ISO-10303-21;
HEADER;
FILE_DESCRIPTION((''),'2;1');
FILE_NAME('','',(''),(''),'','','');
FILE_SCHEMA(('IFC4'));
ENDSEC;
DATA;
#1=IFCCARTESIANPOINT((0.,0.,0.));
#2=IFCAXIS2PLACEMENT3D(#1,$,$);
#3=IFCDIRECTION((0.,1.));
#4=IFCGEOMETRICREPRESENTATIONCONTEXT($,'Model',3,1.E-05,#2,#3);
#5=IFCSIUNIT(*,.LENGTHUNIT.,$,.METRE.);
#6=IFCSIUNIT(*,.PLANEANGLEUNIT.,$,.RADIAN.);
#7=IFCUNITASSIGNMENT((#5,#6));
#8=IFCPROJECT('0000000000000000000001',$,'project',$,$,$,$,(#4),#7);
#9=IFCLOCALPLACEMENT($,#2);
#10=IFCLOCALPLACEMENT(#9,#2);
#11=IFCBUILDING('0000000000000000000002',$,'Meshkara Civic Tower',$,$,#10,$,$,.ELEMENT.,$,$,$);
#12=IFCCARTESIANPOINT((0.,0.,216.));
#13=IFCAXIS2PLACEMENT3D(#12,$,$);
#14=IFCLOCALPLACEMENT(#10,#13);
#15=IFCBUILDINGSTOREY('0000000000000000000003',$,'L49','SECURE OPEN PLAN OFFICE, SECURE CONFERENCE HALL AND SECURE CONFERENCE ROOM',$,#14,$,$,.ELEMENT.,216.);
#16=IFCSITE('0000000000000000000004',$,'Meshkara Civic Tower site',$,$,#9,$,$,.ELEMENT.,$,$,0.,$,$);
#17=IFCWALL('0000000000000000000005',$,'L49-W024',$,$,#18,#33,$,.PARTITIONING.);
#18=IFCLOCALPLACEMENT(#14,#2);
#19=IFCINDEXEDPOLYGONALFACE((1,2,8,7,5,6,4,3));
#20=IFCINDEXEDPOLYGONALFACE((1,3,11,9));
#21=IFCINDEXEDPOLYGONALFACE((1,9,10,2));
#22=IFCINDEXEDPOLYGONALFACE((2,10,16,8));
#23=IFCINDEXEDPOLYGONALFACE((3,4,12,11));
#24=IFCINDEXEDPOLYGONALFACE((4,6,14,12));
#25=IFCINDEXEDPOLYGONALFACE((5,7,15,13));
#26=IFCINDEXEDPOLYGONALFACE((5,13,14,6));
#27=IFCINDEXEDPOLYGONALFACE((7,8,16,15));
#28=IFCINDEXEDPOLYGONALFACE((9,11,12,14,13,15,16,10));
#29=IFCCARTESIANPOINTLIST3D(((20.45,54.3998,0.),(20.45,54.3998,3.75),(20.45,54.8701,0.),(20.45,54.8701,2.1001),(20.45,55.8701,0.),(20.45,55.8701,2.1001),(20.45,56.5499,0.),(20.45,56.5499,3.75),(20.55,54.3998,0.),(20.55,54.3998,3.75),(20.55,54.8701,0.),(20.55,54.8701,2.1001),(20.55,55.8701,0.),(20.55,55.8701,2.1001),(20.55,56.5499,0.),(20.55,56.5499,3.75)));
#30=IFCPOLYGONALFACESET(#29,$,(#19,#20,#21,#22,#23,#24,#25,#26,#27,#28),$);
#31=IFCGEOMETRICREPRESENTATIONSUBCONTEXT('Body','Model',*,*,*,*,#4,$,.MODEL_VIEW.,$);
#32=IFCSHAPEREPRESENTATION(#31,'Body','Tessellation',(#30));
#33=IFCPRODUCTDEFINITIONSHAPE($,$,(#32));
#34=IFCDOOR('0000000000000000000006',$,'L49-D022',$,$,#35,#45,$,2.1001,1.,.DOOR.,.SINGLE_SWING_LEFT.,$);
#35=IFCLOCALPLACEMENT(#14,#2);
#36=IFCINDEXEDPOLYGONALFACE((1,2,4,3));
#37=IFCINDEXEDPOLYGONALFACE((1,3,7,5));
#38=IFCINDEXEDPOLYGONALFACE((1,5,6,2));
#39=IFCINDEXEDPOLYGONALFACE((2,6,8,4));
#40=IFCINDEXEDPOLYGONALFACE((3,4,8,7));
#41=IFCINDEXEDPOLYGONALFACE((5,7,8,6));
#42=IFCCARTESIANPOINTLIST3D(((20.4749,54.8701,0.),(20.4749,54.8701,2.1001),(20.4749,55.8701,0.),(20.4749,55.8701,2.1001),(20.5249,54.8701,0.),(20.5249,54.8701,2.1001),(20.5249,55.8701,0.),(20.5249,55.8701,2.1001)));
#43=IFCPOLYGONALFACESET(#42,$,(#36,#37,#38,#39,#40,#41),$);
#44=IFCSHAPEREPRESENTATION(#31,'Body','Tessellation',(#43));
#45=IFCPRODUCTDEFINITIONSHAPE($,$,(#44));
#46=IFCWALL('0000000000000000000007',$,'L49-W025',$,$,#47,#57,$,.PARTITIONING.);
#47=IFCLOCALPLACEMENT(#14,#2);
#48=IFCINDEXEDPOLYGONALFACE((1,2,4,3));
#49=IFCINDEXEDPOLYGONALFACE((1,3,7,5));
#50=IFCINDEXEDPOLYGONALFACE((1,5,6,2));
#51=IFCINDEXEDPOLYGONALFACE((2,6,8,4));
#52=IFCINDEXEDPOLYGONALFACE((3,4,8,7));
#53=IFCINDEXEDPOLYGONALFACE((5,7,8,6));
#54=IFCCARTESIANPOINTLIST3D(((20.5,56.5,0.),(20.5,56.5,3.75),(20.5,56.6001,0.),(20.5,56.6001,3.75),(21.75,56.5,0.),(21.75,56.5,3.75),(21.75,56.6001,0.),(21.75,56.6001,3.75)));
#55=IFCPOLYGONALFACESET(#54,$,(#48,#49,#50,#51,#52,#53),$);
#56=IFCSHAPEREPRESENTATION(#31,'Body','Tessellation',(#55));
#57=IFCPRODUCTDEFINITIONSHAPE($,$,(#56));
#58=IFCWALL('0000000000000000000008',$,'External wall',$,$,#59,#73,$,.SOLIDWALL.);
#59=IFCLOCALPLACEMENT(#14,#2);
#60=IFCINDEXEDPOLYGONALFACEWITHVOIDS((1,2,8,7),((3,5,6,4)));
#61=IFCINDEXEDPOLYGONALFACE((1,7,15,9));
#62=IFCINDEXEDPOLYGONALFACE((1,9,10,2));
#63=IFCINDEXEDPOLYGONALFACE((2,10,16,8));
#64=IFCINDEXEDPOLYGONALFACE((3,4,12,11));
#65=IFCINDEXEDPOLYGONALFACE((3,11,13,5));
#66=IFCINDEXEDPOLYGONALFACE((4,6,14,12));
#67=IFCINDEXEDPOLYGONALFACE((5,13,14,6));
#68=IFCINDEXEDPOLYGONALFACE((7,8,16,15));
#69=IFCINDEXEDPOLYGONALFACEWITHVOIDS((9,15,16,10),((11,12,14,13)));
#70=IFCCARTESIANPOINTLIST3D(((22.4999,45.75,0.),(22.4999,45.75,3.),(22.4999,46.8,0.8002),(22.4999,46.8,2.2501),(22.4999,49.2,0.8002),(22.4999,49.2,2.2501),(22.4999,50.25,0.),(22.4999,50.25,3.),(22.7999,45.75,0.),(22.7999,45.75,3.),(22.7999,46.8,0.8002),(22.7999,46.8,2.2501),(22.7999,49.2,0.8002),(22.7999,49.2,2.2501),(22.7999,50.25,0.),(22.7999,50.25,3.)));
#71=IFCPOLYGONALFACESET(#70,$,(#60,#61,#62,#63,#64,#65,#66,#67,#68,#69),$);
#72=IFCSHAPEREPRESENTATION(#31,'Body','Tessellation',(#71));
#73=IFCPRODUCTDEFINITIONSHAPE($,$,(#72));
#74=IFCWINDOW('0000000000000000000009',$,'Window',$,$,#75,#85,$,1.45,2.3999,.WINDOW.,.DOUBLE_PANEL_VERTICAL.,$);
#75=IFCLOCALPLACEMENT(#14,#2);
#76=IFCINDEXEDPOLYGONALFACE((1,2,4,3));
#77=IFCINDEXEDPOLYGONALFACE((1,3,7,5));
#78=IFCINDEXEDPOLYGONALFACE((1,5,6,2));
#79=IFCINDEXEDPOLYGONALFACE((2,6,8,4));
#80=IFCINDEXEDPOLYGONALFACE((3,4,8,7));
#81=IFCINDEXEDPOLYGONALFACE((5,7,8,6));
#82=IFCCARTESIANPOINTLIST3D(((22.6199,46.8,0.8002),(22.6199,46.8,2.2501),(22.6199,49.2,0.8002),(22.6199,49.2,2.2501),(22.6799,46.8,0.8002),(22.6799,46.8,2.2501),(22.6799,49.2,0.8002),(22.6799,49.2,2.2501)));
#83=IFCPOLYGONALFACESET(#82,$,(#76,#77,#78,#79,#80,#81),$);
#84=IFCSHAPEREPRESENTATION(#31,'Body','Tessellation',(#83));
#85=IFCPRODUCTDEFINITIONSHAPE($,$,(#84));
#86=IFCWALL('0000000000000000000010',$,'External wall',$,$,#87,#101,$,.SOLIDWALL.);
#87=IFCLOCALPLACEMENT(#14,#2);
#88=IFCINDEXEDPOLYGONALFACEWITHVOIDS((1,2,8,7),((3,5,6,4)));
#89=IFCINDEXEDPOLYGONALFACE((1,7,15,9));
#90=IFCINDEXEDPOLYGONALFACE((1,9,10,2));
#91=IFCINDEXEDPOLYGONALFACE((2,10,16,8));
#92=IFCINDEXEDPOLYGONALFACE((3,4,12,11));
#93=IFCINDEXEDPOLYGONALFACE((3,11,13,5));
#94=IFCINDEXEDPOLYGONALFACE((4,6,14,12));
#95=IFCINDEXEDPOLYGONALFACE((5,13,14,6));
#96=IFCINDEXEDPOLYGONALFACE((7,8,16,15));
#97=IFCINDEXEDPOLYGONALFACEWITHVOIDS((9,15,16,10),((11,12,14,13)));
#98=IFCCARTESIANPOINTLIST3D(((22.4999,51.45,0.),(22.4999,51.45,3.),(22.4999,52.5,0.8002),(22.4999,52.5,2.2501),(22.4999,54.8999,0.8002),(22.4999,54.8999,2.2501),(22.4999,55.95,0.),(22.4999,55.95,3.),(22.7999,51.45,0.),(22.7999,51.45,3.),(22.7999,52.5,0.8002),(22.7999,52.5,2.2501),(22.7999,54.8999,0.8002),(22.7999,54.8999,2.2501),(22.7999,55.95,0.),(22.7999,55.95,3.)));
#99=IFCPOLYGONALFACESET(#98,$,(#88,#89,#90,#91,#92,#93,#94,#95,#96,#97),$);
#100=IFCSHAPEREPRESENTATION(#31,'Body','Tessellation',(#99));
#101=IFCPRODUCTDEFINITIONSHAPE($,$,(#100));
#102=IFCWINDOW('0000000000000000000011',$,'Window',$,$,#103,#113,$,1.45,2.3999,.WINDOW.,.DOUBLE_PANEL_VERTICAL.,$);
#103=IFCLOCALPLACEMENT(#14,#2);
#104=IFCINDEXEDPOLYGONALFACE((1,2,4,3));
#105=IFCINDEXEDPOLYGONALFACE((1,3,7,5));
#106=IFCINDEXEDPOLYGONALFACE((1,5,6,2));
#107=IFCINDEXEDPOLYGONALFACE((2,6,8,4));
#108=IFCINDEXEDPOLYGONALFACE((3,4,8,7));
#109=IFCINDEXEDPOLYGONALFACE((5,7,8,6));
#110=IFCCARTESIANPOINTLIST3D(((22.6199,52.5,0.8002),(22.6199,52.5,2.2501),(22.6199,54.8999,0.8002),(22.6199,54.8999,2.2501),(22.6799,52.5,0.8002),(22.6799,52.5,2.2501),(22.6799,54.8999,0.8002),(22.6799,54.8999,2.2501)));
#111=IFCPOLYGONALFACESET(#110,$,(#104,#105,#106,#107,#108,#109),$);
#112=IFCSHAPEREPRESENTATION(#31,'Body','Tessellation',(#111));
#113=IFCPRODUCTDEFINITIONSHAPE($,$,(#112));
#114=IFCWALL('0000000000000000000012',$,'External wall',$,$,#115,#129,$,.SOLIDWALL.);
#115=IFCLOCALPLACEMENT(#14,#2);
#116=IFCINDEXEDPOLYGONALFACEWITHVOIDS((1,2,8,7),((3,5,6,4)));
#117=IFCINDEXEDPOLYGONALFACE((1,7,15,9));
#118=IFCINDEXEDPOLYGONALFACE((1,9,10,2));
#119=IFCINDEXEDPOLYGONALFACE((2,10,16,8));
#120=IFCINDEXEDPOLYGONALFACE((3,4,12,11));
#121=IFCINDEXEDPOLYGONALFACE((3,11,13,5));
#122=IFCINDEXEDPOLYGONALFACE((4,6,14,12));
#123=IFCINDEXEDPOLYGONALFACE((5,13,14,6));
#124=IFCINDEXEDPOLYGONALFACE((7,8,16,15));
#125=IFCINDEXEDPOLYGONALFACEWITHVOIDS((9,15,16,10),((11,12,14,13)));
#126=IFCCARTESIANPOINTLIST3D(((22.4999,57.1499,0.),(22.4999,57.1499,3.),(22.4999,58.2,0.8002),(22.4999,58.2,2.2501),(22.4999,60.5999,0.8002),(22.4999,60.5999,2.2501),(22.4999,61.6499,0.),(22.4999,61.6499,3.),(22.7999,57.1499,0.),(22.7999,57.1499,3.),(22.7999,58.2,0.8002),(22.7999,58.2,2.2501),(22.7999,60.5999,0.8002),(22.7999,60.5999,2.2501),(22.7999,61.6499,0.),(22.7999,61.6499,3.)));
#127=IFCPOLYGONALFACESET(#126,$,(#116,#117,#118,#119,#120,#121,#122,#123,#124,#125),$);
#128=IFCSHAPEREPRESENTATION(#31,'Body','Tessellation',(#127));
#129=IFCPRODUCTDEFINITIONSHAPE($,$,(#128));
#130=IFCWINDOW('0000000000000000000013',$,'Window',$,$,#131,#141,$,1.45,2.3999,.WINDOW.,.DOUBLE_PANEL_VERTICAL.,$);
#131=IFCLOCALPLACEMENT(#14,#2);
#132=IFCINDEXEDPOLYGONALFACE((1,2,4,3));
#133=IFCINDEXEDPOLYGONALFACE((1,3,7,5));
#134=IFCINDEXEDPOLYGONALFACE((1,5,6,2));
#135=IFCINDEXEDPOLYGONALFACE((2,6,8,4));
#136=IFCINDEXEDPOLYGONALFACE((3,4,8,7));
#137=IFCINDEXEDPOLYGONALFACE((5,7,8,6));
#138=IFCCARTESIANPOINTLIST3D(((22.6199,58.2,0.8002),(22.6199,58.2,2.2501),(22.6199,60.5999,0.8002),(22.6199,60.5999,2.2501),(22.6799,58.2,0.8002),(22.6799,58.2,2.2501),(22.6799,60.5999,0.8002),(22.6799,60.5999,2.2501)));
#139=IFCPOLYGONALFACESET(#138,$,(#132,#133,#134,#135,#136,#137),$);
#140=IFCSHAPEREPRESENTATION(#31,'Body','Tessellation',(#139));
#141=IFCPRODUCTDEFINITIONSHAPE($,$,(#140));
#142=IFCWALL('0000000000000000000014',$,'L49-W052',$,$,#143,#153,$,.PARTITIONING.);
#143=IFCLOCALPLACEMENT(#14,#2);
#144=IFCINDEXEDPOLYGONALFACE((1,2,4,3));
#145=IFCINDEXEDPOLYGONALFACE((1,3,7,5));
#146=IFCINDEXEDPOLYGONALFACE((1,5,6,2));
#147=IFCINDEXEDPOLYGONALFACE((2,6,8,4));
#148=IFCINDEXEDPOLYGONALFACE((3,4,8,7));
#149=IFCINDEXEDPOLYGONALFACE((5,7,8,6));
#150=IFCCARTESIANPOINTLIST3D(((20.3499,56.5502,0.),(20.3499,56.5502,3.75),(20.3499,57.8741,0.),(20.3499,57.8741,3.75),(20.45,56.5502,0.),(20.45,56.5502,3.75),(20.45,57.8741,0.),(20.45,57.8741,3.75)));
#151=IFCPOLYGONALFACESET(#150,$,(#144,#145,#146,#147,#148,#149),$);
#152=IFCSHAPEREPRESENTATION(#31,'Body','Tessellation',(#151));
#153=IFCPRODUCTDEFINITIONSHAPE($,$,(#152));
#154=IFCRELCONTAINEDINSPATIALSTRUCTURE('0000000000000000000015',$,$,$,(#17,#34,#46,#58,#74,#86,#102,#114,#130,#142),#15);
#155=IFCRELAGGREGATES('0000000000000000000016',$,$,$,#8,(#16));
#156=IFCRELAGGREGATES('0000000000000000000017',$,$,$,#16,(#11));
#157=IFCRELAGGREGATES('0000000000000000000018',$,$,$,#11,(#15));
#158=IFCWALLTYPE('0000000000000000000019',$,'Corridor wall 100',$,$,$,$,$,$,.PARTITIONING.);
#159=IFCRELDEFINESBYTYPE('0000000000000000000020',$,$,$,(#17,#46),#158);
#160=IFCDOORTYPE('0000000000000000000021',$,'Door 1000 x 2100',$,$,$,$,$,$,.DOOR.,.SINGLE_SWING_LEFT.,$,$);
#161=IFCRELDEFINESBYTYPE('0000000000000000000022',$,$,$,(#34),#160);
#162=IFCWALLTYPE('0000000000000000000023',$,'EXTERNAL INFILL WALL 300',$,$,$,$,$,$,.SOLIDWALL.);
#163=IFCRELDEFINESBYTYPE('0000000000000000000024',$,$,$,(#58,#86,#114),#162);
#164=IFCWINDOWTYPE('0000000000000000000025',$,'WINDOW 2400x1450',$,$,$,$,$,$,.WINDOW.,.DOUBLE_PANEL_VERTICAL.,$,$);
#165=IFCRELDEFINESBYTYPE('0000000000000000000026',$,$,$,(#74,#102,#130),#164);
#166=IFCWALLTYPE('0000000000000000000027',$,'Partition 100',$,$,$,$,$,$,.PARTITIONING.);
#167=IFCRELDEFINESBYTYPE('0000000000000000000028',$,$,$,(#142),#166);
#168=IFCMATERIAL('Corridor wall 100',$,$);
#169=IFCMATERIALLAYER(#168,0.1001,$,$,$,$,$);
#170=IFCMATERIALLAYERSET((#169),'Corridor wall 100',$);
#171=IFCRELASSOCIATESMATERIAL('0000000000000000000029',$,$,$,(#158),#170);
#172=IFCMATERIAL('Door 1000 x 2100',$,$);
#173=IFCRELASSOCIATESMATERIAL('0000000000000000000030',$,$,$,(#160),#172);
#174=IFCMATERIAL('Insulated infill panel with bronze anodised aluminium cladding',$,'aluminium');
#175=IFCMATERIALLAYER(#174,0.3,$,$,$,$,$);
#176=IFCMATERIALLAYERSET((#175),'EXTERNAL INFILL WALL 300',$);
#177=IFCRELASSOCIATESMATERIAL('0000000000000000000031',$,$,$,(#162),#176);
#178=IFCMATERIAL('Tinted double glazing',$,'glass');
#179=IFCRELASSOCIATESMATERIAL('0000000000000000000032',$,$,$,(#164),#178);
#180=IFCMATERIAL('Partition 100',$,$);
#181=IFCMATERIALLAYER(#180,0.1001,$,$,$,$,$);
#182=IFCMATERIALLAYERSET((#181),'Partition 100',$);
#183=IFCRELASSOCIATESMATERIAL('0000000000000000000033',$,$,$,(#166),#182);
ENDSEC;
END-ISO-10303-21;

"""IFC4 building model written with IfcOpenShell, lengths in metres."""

from ifc_helpers import new_model, si_unit, direction, frame, frame_2d, origin, place, context, subcontext, project, spatial, rectangle, extrude, material, layer, layer_set, type_object, element, fill, save


model = new_model("IFC4")

# Units and contexts
model_context = context("Model", 3, precision=1e-05, world=origin(), true_north=direction((0.0, 1.0)))
body_context = subcontext(model_context, "Body", "Model", "MODEL_VIEW")
ifc_project = project(units=[si_unit("LENGTHUNIT", "METRE"), si_unit("PLANEANGLEUNIT", "RADIAN")], contexts=[model_context])

# Site, building, storey
site_placement = place(None, origin())
site = spatial("IfcSite", under=ifc_project, at=site_placement, Name="Meshkara Civic Tower site", CompositionType="ELEMENT", RefElevation=0.0)
building_placement = place(site_placement, origin())
building = spatial("IfcBuilding", under=site, at=building_placement, Name="Meshkara Civic Tower", CompositionType="ELEMENT")
storey_placement = place(building_placement, frame((0.0, 0.0, 216.0)))
storey = spatial("IfcBuildingStorey", under=building, at=storey_placement, Name="L49", Description="SECURE OPEN PLAN OFFICE, SECURE CONFERENCE HALL AND SECURE CONFERENCE ROOM", CompositionType="ELEMENT", Elevation=216.0)

# Shared definitions
ifc_material_1 = material(Name="Corridor wall 100")
ifc_layer_1 = layer(ifc_material_1, 0.1001)
ifc_layer_set_1 = layer_set([ifc_layer_1], Name="Corridor wall 100")
wall_type_1 = type_object("IfcWallType", Name="Corridor wall 100", PredefinedType="PARTITIONING", material=ifc_layer_set_1)

# Wall, opening, door
wall_1_placement = place(storey_placement, frame((20.5, 56.55, 0.0), z_axis=(0.0, 0.0, 1.0), x_axis=(0.0, -1.0, 0.0)))
wall_1 = element("IfcWall", 1, at=wall_1_placement, inside=storey, type_object=wall_type_1, Name="L49-W024", PredefinedType="PARTITIONING", context=body_context, shape_type="SweptSolid", body=[
    extrude(rectangle(XDim=2.1501, YDim=0.1001, at=frame_2d((1.0752, 0.0))), origin(), (0.0, 0.0, 1.0), 3.75),
])
opening_1_placement = place(wall_1_placement, frame((0.6799, 0.0, 0.0)))
opening_1 = element("IfcOpeningElement", 2, at=opening_1_placement, cuts=wall_1, PredefinedType="OPENING", context=body_context, shape_type="SweptSolid", body=[
    extrude(rectangle(XDim=1.0, YDim=2.1001, at=frame_2d((0.5, 1.05))), frame((0.0, 0.0601, 0.0), z_axis=(0.0, -1.0, 0.0), x_axis=(1.0, 0.0, 0.0)), (0.0, 0.0, 1.0), 0.1201),
])
ifc_material_2 = material(Name="Door 1000 x 2100")
door_type = type_object("IfcDoorType", Name="Door 1000 x 2100", OperationType="SINGLE_SWING_LEFT", PredefinedType="DOOR", material=ifc_material_2)
door_placement = place(opening_1_placement, origin())
door = element("IfcDoor", 3, at=door_placement, inside=storey, type_object=door_type, Name="L49-D022", OperationType="SINGLE_SWING_LEFT", OverallHeight=2.1001, OverallWidth=1.0, PredefinedType="DOOR", context=body_context, shape_type="SweptSolid", body=[
    extrude(rectangle(XDim=1.0, YDim=2.1001, at=frame_2d((0.5, 1.05))), frame((0.0, 0.0249, 0.0), z_axis=(0.0, -1.0, 0.0), x_axis=(1.0, 0.0, 0.0)), (0.0, 0.0, 1.0), 0.05),
])
fill(opening_1, door)

# Wall
wall_2_placement = place(storey_placement, frame((21.75, 56.55, 0.0), z_axis=(0.0, 0.0, 1.0), x_axis=(-1.0, 0.0, 0.0)))
element("IfcWall", 4, at=wall_2_placement, inside=storey, type_object=wall_type_1, Name="L49-W025", PredefinedType="PARTITIONING", context=body_context, shape_type="SweptSolid", body=[
    extrude(rectangle(XDim=1.25, YDim=0.1001, at=frame_2d((0.625, 0.0))), origin(), (0.0, 0.0, 1.0), 3.75),
])

# Walls, openings, windows
ifc_material_3 = material(Name="Insulated infill panel with bronze anodised aluminium cladding", Category="aluminium")
ifc_layer_2 = layer(ifc_material_3, 0.3)
ifc_layer_set_2 = layer_set([ifc_layer_2], Name="EXTERNAL INFILL WALL 300")
wall_type_2 = type_object("IfcWallType", Name="EXTERNAL INFILL WALL 300", PredefinedType="SOLIDWALL", material=ifc_layer_set_2)
wall_3_placement = place(storey_placement, frame((22.6499, 45.75, 0.0), z_axis=(0.0, 0.0, 1.0), x_axis=(0.0, 1.0, 0.0)))
wall_3 = element("IfcWall", 5, at=wall_3_placement, inside=storey, type_object=wall_type_2, Name="External wall", PredefinedType="SOLIDWALL", context=body_context, shape_type="SweptSolid", body=[
    extrude(rectangle(XDim=4.5, YDim=0.3, at=frame_2d((2.25, 0.0))), origin(), (0.0, 0.0, 1.0), 3.0),
])
opening_2_placement = place(wall_3_placement, frame((1.05, 0.0, 0.8)))
opening_2 = element("IfcOpeningElement", 6, at=opening_2_placement, cuts=wall_3, PredefinedType="OPENING", context=body_context, shape_type="SweptSolid", body=[
    extrude(rectangle(XDim=2.3999, YDim=1.45, at=frame_2d((1.2, 0.7251))), frame((0.0, 0.1599, 0.0), z_axis=(0.0, -1.0, 0.0), x_axis=(1.0, 0.0, 0.0)), (0.0, 0.0, 1.0), 0.3201),
])
ifc_material_4 = material(Name="Tinted double glazing", Category="glass")
window_type = type_object("IfcWindowType", Name="WINDOW 2400x1450", PartitioningType="DOUBLE_PANEL_VERTICAL", PredefinedType="WINDOW", material=ifc_material_4)
window_1_placement = place(opening_2_placement, origin())
window_1 = element("IfcWindow", 7, at=window_1_placement, inside=storey, type_object=window_type, Name="Window", OverallHeight=1.45, OverallWidth=2.3999, PartitioningType="DOUBLE_PANEL_VERTICAL", PredefinedType="WINDOW", context=body_context, shape_type="SweptSolid", body=[
    extrude(rectangle(XDim=2.3999, YDim=1.45, at=frame_2d((1.2, 0.7251))), frame((0.0, 0.03, 0.0), z_axis=(0.0, -1.0, 0.0), x_axis=(1.0, 0.0, 0.0)), (0.0, 0.0, 1.0), 0.0601),
])
fill(opening_2, window_1)
wall_4_placement = place(storey_placement, frame((22.6499, 51.45, 0.0), z_axis=(0.0, 0.0, 1.0), x_axis=(0.0, 1.0, 0.0)))
wall_4 = element("IfcWall", 8, at=wall_4_placement, inside=storey, type_object=wall_type_2, Name="External wall", PredefinedType="SOLIDWALL", context=body_context, shape_type="SweptSolid", body=[
    extrude(rectangle(XDim=4.5, YDim=0.3, at=frame_2d((2.25, 0.0))), origin(), (0.0, 0.0, 1.0), 3.0),
])
opening_3_placement = place(wall_4_placement, frame((1.05, 0.0, 0.8)))
opening_3 = element("IfcOpeningElement", 9, at=opening_3_placement, cuts=wall_4, PredefinedType="OPENING", context=body_context, shape_type="SweptSolid", body=[
    extrude(rectangle(XDim=2.3999, YDim=1.45, at=frame_2d((1.2, 0.7251))), frame((0.0, 0.1599, 0.0), z_axis=(0.0, -1.0, 0.0), x_axis=(1.0, 0.0, 0.0)), (0.0, 0.0, 1.0), 0.3201),
])
window_2_placement = place(opening_3_placement, origin())
window_2 = element("IfcWindow", 10, at=window_2_placement, inside=storey, type_object=window_type, Name="Window", OverallHeight=1.45, OverallWidth=2.3999, PartitioningType="DOUBLE_PANEL_VERTICAL", PredefinedType="WINDOW", context=body_context, shape_type="SweptSolid", body=[
    extrude(rectangle(XDim=2.3999, YDim=1.45, at=frame_2d((1.2, 0.7251))), frame((0.0, 0.03, 0.0), z_axis=(0.0, -1.0, 0.0), x_axis=(1.0, 0.0, 0.0)), (0.0, 0.0, 1.0), 0.0601),
])
fill(opening_3, window_2)
wall_5_placement = place(storey_placement, frame((22.6499, 57.1499, 0.0), z_axis=(0.0, 0.0, 1.0), x_axis=(0.0, 1.0, 0.0)))
wall_5 = element("IfcWall", 11, at=wall_5_placement, inside=storey, type_object=wall_type_2, Name="External wall", PredefinedType="SOLIDWALL", context=body_context, shape_type="SweptSolid", body=[
    extrude(rectangle(XDim=4.5, YDim=0.3, at=frame_2d((2.25, 0.0))), origin(), (0.0, 0.0, 1.0), 3.0),
])
opening_4_placement = place(wall_5_placement, frame((1.05, 0.0, 0.8)))
opening_4 = element("IfcOpeningElement", 12, at=opening_4_placement, cuts=wall_5, PredefinedType="OPENING", context=body_context, shape_type="SweptSolid", body=[
    extrude(rectangle(XDim=2.3999, YDim=1.45, at=frame_2d((1.2, 0.7251))), frame((0.0, 0.1599, 0.0), z_axis=(0.0, -1.0, 0.0), x_axis=(1.0, 0.0, 0.0)), (0.0, 0.0, 1.0), 0.3201),
])
window_3_placement = place(opening_4_placement, origin())
window_3 = element("IfcWindow", 13, at=window_3_placement, inside=storey, type_object=window_type, Name="Window", OverallHeight=1.45, OverallWidth=2.3999, PartitioningType="DOUBLE_PANEL_VERTICAL", PredefinedType="WINDOW", context=body_context, shape_type="SweptSolid", body=[
    extrude(rectangle(XDim=2.3999, YDim=1.45, at=frame_2d((1.2, 0.7251))), frame((0.0, 0.03, 0.0), z_axis=(0.0, -1.0, 0.0), x_axis=(1.0, 0.0, 0.0)), (0.0, 0.0, 1.0), 0.0601),
])
fill(opening_4, window_3)

# Wall
ifc_material_5 = material(Name="Partition 100")
ifc_layer_3 = layer(ifc_material_5, 0.1001)
ifc_layer_set_3 = layer_set([ifc_layer_3], Name="Partition 100")
wall_type_3 = type_object("IfcWallType", Name="Partition 100", PredefinedType="PARTITIONING", material=ifc_layer_set_3)
wall_6_placement = place(storey_placement, frame((20.3999, 56.55, 0.0), z_axis=(0.0, 0.0, 1.0), x_axis=(0.0, 1.0, 0.0)))
element("IfcWall", 14, at=wall_6_placement, inside=storey, type_object=wall_type_3, Name="L49-W052", PredefinedType="PARTITIONING", context=body_context, shape_type="SweptSolid", body=[
    extrude(rectangle(XDim=1.324, YDim=0.1001, at=frame_2d((0.6621, 0.0))), origin(), (0.0, 0.0, 1.0), 3.75),
])

save(model, "model.ifc")
